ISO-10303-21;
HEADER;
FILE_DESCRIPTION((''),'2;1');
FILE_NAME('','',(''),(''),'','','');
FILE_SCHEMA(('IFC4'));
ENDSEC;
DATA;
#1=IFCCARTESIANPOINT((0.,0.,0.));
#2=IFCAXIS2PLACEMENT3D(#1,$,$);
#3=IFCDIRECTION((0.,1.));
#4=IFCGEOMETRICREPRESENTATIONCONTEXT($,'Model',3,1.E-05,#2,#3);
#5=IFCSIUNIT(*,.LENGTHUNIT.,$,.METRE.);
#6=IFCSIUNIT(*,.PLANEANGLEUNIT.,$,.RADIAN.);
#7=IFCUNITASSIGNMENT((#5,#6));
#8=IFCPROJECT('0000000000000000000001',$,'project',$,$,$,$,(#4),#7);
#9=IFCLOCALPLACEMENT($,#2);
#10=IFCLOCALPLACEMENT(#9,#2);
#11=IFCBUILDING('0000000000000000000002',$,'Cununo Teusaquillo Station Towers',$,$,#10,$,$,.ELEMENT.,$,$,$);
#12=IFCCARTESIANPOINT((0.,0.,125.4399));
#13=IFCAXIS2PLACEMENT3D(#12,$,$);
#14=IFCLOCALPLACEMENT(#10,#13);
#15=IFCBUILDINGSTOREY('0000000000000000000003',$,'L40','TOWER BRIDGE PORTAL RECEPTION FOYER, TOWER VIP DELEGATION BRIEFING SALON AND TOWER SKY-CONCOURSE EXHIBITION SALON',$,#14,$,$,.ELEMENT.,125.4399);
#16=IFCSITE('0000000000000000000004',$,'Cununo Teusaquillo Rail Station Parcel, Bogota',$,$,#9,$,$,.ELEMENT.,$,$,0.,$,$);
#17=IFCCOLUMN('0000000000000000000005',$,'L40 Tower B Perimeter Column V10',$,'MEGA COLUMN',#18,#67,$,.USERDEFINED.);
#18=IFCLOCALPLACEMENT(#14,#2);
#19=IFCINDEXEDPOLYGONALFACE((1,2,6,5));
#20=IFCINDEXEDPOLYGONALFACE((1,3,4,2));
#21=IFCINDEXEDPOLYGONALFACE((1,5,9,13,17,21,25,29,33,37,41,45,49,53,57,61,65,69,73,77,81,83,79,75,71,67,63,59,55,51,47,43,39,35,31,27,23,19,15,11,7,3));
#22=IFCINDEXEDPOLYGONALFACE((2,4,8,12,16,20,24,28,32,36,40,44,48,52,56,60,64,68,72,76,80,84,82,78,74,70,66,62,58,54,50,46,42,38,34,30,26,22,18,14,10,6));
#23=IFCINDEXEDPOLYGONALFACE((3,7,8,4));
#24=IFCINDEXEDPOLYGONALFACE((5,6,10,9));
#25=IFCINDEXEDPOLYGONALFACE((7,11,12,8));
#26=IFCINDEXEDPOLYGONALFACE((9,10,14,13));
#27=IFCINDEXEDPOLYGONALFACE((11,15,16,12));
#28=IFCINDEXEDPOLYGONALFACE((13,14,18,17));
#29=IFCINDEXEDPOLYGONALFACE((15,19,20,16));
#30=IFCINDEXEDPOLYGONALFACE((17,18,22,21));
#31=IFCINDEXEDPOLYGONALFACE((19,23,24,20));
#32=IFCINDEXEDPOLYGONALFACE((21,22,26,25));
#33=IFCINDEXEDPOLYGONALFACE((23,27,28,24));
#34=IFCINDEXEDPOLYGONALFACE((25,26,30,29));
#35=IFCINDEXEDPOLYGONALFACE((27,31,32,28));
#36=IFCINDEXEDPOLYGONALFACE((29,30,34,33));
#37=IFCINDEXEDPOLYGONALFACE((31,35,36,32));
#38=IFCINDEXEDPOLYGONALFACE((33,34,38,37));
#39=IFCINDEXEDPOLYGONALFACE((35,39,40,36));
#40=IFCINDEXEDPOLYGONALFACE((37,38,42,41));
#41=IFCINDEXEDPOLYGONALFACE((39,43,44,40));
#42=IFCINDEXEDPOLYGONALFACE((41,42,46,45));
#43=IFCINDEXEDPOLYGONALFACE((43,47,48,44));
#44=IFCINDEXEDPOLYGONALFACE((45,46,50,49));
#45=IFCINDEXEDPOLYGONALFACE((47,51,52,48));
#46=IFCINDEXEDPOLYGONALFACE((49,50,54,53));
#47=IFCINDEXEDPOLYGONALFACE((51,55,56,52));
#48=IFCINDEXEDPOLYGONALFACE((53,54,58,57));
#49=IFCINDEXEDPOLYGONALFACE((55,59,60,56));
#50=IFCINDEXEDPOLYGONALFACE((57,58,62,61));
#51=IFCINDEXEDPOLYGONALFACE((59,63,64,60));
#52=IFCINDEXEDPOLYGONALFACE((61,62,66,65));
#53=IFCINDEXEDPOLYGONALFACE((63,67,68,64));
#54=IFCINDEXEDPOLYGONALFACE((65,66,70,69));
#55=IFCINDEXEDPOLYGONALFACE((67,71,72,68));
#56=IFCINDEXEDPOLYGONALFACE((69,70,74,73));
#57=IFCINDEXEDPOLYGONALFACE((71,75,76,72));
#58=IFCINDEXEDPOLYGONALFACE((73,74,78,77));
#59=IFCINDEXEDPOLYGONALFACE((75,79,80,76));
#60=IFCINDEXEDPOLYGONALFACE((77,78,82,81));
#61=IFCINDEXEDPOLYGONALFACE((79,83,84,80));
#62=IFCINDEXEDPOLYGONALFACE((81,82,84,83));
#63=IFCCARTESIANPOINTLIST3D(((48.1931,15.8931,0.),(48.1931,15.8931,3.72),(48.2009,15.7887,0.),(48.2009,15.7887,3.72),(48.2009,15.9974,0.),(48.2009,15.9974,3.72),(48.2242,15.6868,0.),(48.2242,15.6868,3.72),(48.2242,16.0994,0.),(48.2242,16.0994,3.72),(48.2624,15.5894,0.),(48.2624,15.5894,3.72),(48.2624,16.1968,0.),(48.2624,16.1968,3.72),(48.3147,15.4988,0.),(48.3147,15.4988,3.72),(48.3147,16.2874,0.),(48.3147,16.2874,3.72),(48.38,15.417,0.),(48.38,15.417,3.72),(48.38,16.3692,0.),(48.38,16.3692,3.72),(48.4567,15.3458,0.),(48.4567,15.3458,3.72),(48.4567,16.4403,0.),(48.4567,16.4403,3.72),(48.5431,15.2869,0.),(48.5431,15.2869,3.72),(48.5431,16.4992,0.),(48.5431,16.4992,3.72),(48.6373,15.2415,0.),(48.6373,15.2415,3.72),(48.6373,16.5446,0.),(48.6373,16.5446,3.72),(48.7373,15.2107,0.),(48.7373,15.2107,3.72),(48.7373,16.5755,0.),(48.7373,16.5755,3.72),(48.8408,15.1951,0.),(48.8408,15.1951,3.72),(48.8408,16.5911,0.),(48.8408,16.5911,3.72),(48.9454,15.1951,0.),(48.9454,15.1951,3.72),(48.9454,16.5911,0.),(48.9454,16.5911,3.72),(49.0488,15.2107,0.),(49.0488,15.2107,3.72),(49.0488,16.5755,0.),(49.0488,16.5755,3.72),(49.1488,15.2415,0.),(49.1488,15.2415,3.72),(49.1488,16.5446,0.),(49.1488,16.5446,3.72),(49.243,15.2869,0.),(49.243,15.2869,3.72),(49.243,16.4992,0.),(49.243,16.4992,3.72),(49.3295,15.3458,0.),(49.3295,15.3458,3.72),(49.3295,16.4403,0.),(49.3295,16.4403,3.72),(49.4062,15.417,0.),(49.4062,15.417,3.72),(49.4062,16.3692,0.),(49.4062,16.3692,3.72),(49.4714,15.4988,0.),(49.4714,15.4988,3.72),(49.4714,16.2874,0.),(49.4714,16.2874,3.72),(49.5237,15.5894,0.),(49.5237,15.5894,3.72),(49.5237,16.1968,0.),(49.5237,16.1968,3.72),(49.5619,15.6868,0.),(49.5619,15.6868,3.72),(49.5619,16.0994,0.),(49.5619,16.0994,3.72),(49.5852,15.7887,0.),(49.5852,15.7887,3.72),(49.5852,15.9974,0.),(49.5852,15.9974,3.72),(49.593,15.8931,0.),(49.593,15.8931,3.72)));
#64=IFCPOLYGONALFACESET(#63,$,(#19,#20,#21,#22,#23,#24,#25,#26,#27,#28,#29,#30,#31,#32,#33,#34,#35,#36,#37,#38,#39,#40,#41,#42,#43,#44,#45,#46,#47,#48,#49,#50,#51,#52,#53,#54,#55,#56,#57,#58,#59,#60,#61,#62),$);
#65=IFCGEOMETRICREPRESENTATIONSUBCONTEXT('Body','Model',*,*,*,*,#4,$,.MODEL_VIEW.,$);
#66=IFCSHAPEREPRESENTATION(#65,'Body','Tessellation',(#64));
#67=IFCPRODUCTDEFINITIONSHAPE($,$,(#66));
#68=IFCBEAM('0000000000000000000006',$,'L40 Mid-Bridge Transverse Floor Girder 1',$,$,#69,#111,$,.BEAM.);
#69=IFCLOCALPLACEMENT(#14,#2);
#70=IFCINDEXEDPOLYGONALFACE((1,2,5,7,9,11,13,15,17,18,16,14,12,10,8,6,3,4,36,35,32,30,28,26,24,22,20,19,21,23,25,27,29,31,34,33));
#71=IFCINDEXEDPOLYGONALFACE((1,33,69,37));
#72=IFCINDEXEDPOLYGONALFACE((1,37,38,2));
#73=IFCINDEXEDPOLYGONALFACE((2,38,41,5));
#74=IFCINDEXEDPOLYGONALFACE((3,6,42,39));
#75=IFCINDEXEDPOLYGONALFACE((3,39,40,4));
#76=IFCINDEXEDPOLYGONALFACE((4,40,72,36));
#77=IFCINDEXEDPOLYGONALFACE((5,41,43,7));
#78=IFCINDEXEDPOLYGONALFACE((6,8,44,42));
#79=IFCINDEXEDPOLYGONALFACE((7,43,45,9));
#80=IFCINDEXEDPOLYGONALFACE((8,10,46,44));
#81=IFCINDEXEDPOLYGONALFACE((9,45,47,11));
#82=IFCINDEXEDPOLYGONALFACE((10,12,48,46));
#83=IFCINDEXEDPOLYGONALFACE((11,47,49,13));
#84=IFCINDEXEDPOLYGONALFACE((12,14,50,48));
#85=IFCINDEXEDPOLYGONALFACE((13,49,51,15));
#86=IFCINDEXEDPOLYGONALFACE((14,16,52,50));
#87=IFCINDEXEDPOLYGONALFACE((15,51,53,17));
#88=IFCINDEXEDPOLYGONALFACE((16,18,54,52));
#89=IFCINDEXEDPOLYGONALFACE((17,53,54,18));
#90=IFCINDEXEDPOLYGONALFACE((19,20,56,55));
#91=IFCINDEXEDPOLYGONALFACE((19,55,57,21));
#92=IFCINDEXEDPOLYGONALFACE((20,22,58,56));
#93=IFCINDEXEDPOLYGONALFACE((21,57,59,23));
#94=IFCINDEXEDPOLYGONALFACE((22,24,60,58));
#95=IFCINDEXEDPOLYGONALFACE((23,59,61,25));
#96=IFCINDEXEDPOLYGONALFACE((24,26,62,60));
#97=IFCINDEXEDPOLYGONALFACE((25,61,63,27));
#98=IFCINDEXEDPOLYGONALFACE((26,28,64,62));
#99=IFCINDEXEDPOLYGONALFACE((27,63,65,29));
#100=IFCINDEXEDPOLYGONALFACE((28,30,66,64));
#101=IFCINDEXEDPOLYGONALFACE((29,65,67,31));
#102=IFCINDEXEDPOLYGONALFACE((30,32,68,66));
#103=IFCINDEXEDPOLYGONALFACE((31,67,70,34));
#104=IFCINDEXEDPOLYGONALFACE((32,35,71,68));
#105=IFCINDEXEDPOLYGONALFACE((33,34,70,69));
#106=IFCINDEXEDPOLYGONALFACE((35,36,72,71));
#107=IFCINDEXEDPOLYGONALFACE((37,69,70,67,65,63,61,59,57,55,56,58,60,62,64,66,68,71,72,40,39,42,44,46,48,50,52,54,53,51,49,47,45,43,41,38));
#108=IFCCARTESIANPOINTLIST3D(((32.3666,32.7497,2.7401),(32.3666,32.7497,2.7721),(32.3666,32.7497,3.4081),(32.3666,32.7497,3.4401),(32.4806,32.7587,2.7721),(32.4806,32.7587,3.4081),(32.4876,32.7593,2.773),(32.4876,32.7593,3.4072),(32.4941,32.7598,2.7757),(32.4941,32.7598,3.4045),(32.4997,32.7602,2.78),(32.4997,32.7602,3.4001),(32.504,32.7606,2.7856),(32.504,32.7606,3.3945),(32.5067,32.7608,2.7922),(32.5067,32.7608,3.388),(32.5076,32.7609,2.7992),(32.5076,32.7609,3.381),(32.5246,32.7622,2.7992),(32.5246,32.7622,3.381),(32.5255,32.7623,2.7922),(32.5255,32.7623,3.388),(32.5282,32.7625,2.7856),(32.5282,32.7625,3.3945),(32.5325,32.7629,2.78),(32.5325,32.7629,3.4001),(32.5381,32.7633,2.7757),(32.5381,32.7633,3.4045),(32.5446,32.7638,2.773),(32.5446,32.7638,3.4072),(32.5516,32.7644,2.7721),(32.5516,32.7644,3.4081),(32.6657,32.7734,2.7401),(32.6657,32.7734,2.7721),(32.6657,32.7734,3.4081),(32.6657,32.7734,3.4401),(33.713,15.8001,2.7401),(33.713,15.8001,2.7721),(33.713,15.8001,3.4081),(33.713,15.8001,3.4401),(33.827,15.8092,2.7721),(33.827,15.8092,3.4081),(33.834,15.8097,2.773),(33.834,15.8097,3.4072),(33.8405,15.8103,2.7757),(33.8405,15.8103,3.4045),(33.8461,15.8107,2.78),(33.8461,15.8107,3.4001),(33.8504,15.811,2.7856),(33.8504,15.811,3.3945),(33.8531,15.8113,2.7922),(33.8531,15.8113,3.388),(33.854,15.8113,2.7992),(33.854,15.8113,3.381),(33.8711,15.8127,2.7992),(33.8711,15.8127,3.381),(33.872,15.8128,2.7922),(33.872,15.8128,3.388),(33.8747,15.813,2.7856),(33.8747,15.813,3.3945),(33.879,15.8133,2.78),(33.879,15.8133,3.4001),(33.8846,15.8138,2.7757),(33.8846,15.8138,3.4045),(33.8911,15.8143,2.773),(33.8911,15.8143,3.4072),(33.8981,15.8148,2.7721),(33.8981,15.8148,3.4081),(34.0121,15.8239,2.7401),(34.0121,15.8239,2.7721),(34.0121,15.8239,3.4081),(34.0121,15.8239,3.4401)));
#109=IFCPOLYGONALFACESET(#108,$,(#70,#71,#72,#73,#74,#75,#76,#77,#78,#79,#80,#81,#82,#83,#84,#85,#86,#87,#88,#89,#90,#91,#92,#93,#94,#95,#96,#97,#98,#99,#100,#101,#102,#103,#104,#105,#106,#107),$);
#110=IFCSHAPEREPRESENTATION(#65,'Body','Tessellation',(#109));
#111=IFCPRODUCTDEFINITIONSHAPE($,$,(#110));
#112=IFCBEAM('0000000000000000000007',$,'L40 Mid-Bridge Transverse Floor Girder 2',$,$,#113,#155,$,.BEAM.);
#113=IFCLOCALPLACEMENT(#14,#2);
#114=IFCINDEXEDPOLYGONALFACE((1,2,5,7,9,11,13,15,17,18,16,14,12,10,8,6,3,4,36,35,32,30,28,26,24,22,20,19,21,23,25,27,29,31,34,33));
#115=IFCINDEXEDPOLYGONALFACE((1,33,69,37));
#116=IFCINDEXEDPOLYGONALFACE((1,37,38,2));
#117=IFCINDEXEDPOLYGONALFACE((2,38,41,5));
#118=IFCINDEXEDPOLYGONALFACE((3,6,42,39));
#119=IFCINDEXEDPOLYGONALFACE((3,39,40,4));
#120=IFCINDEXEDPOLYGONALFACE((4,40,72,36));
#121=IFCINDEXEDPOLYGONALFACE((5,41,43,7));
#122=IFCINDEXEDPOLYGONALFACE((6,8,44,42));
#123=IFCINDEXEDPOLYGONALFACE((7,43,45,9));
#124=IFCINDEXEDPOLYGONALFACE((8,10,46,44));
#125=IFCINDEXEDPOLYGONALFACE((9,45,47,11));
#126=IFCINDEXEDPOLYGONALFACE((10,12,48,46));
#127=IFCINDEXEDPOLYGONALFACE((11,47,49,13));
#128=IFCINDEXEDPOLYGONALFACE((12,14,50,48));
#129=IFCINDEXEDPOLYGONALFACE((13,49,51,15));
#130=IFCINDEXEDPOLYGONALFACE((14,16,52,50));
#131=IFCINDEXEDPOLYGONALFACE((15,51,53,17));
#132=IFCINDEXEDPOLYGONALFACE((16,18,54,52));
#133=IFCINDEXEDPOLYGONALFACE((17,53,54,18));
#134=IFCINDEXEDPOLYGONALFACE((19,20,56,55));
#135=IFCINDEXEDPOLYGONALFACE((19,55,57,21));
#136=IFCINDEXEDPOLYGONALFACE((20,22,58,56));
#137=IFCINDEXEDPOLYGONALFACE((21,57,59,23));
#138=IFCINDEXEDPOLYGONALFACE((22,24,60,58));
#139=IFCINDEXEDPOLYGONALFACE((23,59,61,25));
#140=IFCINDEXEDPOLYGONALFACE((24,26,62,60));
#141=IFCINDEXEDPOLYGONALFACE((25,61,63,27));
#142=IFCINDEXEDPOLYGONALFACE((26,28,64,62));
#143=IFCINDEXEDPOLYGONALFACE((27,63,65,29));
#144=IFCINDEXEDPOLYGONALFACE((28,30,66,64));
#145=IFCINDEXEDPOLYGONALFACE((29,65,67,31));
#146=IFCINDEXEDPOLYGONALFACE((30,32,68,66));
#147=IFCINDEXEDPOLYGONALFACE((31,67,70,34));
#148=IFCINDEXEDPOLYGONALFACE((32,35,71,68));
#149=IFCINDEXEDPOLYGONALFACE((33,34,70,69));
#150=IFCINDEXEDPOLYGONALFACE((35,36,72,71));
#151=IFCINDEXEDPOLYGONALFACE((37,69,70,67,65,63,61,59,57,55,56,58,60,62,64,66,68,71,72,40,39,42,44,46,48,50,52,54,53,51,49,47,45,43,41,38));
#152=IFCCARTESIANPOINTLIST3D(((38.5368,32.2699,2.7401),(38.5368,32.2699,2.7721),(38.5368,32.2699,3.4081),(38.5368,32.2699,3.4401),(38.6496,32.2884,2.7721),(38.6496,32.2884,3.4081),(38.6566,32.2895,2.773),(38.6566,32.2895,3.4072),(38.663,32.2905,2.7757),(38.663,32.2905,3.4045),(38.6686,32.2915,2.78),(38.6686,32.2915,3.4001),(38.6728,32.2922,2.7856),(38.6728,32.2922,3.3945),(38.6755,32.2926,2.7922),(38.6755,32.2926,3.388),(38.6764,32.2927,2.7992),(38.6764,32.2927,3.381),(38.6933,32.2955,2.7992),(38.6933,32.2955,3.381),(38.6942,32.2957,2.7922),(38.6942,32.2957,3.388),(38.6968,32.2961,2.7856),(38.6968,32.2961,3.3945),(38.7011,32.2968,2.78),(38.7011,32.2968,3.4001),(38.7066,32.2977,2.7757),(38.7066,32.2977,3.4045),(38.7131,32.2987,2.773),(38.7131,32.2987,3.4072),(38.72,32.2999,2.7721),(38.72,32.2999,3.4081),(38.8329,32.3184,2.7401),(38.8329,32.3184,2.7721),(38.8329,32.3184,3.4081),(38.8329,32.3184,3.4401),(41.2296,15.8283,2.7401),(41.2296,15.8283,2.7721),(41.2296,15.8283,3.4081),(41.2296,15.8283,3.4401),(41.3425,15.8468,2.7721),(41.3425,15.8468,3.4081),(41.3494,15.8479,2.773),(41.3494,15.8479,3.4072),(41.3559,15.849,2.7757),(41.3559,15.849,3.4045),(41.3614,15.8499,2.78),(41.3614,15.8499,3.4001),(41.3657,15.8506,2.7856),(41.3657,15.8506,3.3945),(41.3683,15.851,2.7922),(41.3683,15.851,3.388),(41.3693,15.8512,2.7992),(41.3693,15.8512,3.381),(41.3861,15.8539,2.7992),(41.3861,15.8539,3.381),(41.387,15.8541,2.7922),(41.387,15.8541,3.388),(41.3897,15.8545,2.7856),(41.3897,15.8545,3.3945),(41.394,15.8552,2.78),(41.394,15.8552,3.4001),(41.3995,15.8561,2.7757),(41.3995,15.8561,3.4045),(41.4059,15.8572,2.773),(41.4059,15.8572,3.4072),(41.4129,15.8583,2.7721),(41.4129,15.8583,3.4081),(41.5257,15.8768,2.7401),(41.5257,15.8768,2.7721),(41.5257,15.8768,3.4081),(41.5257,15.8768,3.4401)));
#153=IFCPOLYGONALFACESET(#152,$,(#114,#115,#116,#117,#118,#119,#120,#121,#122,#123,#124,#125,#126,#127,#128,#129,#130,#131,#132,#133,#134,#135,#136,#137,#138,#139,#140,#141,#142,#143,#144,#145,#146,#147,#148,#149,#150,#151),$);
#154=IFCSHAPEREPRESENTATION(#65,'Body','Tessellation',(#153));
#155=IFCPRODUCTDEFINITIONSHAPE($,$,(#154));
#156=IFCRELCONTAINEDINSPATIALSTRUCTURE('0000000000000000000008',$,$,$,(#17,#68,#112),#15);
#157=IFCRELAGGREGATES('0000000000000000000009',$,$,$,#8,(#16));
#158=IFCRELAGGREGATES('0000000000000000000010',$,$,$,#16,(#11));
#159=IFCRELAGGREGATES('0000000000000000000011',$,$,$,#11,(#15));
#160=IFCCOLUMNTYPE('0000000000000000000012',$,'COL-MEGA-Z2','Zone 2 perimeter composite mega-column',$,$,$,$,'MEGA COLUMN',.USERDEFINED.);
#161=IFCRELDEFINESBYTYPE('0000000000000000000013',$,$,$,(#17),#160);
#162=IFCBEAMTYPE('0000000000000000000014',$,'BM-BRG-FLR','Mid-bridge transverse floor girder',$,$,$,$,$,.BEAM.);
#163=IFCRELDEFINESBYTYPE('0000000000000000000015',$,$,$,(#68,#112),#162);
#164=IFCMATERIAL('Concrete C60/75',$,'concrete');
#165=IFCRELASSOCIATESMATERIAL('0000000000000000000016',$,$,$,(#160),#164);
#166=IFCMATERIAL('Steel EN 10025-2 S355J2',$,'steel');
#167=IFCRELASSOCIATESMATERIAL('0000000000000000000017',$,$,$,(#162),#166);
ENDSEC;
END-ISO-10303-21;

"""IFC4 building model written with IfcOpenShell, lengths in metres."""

from ifc_helpers import new_model, si_unit, direction, frame, origin, origin_2d, place, context, subcontext, project, spatial, circle, i_section, extrude, material, material_profile, profile_set, type_object, element, save


model = new_model("IFC4")

# Units and contexts
model_context = context("Model", 3, precision=1e-05, world=origin(), true_north=direction((0.0, 1.0)))
body_context = subcontext(model_context, "Body", "Model", "MODEL_VIEW")
ifc_project = project(units=[si_unit("LENGTHUNIT", "METRE"), si_unit("PLANEANGLEUNIT", "RADIAN")], contexts=[model_context])

# Site, building, storey
site_placement = place(None, origin())
site = spatial("IfcSite", under=ifc_project, at=site_placement, Name="Cununo Teusaquillo Rail Station Parcel, Bogota", CompositionType="ELEMENT", RefElevation=0.0)
building_placement = place(site_placement, origin())
building = spatial("IfcBuilding", under=site, at=building_placement, Name="Cununo Teusaquillo Station Towers", CompositionType="ELEMENT")
storey_placement = place(building_placement, frame((0.0, 0.0, 125.4399)))
storey = spatial("IfcBuildingStorey", under=building, at=storey_placement, Name="L40", Description="TOWER BRIDGE PORTAL RECEPTION FOYER, TOWER VIP DELEGATION BRIEFING SALON AND TOWER SKY-CONCOURSE EXHIBITION SALON", CompositionType="ELEMENT", Elevation=125.4399)

# Column
ifc_material_1 = material(Name="Concrete C60/75", Category="concrete")
ifc_material_profile_1 = material_profile(ifc_material_1, circle(Radius=0.7, at=origin_2d()), Name="RC-CIRC-1400")
ifc_profile_set_1 = profile_set([ifc_material_profile_1], Name="Concrete C60/75")
column_type_1 = type_object("IfcColumnType", Name="COL-MEGA-Z2", Description="Zone 2 perimeter composite mega-column", ElementType="MEGA COLUMN", PredefinedType="USERDEFINED", material=ifc_profile_set_1)
for number, where, z_axis, x_axis, name in (
    (1, (48.8931, 15.8931, 0.0), (0.0, 0.0, 1.0), (1.0, 0.0, 0.0), "L40 Tower B Perimeter Column V10"),
):
    element("IfcColumn", number, at=place(storey_placement, frame(where, z_axis=z_axis, x_axis=x_axis)), inside=storey, type_object=column_type_1, Name=name, ObjectType="MEGA COLUMN", PredefinedType="USERDEFINED", context=body_context, shape_type="SweptSolid", body=[
        extrude(circle(Radius=0.7, at=origin_2d()), origin(), (0.0, 0.0, 1.0), 3.72),
    ])

# Beams
ifc_material_2 = material(Name="Steel EN 10025-2 S355J2", Category="steel")
ifc_material_profile_2 = material_profile(ifc_material_2, i_section(OverallWidth=0.3, OverallDepth=0.7, WebThickness=0.0171, FlangeThickness=0.032, FilletRadius=0.0271, at=origin_2d()), Name="HEB 700")
ifc_profile_set_2 = profile_set([ifc_material_profile_2], Name="Steel EN 10025-2 S355J2")
beam_type_1 = type_object("IfcBeamType", Name="BM-BRG-FLR", Description="Mid-bridge transverse floor girder", PredefinedType="BEAM", material=ifc_profile_set_2)
beam_1_placement = place(storey_placement, frame((33.8625, 15.812, 3.0901), z_axis=(-0.079189, 0.99686, 0.0), x_axis=(-0.99686, -0.079189, 0.0)))
element("IfcBeam", 2, at=beam_1_placement, inside=storey, type_object=beam_type_1, Name="L40 Mid-Bridge Transverse Floor Girder 1", PredefinedType="BEAM", context=body_context, shape_type="SweptSolid", body=[
    extrude(i_section(OverallWidth=0.3, OverallDepth=0.7, WebThickness=0.0171, FlangeThickness=0.032, FilletRadius=0.0271, at=origin_2d()), origin(), (0.0, 0.0, 1.0), 17.0029),
])
beam_2_placement = place(storey_placement, frame((41.3777, 15.8525, 3.0901), z_axis=(-0.16163, 0.986851, 0.0), x_axis=(-0.986851, -0.16163, 0.0)))
element("IfcBeam", 3, at=beam_2_placement, inside=storey, type_object=beam_type_1, Name="L40 Mid-Bridge Transverse Floor Girder 2", PredefinedType="BEAM", context=body_context, shape_type="SweptSolid", body=[
    extrude(i_section(OverallWidth=0.3, OverallDepth=0.7, WebThickness=0.0171, FlangeThickness=0.032, FilletRadius=0.0271, at=origin_2d()), origin(), (0.0, 0.0, 1.0), 16.6606),
])

save(model, "model.ifc")
